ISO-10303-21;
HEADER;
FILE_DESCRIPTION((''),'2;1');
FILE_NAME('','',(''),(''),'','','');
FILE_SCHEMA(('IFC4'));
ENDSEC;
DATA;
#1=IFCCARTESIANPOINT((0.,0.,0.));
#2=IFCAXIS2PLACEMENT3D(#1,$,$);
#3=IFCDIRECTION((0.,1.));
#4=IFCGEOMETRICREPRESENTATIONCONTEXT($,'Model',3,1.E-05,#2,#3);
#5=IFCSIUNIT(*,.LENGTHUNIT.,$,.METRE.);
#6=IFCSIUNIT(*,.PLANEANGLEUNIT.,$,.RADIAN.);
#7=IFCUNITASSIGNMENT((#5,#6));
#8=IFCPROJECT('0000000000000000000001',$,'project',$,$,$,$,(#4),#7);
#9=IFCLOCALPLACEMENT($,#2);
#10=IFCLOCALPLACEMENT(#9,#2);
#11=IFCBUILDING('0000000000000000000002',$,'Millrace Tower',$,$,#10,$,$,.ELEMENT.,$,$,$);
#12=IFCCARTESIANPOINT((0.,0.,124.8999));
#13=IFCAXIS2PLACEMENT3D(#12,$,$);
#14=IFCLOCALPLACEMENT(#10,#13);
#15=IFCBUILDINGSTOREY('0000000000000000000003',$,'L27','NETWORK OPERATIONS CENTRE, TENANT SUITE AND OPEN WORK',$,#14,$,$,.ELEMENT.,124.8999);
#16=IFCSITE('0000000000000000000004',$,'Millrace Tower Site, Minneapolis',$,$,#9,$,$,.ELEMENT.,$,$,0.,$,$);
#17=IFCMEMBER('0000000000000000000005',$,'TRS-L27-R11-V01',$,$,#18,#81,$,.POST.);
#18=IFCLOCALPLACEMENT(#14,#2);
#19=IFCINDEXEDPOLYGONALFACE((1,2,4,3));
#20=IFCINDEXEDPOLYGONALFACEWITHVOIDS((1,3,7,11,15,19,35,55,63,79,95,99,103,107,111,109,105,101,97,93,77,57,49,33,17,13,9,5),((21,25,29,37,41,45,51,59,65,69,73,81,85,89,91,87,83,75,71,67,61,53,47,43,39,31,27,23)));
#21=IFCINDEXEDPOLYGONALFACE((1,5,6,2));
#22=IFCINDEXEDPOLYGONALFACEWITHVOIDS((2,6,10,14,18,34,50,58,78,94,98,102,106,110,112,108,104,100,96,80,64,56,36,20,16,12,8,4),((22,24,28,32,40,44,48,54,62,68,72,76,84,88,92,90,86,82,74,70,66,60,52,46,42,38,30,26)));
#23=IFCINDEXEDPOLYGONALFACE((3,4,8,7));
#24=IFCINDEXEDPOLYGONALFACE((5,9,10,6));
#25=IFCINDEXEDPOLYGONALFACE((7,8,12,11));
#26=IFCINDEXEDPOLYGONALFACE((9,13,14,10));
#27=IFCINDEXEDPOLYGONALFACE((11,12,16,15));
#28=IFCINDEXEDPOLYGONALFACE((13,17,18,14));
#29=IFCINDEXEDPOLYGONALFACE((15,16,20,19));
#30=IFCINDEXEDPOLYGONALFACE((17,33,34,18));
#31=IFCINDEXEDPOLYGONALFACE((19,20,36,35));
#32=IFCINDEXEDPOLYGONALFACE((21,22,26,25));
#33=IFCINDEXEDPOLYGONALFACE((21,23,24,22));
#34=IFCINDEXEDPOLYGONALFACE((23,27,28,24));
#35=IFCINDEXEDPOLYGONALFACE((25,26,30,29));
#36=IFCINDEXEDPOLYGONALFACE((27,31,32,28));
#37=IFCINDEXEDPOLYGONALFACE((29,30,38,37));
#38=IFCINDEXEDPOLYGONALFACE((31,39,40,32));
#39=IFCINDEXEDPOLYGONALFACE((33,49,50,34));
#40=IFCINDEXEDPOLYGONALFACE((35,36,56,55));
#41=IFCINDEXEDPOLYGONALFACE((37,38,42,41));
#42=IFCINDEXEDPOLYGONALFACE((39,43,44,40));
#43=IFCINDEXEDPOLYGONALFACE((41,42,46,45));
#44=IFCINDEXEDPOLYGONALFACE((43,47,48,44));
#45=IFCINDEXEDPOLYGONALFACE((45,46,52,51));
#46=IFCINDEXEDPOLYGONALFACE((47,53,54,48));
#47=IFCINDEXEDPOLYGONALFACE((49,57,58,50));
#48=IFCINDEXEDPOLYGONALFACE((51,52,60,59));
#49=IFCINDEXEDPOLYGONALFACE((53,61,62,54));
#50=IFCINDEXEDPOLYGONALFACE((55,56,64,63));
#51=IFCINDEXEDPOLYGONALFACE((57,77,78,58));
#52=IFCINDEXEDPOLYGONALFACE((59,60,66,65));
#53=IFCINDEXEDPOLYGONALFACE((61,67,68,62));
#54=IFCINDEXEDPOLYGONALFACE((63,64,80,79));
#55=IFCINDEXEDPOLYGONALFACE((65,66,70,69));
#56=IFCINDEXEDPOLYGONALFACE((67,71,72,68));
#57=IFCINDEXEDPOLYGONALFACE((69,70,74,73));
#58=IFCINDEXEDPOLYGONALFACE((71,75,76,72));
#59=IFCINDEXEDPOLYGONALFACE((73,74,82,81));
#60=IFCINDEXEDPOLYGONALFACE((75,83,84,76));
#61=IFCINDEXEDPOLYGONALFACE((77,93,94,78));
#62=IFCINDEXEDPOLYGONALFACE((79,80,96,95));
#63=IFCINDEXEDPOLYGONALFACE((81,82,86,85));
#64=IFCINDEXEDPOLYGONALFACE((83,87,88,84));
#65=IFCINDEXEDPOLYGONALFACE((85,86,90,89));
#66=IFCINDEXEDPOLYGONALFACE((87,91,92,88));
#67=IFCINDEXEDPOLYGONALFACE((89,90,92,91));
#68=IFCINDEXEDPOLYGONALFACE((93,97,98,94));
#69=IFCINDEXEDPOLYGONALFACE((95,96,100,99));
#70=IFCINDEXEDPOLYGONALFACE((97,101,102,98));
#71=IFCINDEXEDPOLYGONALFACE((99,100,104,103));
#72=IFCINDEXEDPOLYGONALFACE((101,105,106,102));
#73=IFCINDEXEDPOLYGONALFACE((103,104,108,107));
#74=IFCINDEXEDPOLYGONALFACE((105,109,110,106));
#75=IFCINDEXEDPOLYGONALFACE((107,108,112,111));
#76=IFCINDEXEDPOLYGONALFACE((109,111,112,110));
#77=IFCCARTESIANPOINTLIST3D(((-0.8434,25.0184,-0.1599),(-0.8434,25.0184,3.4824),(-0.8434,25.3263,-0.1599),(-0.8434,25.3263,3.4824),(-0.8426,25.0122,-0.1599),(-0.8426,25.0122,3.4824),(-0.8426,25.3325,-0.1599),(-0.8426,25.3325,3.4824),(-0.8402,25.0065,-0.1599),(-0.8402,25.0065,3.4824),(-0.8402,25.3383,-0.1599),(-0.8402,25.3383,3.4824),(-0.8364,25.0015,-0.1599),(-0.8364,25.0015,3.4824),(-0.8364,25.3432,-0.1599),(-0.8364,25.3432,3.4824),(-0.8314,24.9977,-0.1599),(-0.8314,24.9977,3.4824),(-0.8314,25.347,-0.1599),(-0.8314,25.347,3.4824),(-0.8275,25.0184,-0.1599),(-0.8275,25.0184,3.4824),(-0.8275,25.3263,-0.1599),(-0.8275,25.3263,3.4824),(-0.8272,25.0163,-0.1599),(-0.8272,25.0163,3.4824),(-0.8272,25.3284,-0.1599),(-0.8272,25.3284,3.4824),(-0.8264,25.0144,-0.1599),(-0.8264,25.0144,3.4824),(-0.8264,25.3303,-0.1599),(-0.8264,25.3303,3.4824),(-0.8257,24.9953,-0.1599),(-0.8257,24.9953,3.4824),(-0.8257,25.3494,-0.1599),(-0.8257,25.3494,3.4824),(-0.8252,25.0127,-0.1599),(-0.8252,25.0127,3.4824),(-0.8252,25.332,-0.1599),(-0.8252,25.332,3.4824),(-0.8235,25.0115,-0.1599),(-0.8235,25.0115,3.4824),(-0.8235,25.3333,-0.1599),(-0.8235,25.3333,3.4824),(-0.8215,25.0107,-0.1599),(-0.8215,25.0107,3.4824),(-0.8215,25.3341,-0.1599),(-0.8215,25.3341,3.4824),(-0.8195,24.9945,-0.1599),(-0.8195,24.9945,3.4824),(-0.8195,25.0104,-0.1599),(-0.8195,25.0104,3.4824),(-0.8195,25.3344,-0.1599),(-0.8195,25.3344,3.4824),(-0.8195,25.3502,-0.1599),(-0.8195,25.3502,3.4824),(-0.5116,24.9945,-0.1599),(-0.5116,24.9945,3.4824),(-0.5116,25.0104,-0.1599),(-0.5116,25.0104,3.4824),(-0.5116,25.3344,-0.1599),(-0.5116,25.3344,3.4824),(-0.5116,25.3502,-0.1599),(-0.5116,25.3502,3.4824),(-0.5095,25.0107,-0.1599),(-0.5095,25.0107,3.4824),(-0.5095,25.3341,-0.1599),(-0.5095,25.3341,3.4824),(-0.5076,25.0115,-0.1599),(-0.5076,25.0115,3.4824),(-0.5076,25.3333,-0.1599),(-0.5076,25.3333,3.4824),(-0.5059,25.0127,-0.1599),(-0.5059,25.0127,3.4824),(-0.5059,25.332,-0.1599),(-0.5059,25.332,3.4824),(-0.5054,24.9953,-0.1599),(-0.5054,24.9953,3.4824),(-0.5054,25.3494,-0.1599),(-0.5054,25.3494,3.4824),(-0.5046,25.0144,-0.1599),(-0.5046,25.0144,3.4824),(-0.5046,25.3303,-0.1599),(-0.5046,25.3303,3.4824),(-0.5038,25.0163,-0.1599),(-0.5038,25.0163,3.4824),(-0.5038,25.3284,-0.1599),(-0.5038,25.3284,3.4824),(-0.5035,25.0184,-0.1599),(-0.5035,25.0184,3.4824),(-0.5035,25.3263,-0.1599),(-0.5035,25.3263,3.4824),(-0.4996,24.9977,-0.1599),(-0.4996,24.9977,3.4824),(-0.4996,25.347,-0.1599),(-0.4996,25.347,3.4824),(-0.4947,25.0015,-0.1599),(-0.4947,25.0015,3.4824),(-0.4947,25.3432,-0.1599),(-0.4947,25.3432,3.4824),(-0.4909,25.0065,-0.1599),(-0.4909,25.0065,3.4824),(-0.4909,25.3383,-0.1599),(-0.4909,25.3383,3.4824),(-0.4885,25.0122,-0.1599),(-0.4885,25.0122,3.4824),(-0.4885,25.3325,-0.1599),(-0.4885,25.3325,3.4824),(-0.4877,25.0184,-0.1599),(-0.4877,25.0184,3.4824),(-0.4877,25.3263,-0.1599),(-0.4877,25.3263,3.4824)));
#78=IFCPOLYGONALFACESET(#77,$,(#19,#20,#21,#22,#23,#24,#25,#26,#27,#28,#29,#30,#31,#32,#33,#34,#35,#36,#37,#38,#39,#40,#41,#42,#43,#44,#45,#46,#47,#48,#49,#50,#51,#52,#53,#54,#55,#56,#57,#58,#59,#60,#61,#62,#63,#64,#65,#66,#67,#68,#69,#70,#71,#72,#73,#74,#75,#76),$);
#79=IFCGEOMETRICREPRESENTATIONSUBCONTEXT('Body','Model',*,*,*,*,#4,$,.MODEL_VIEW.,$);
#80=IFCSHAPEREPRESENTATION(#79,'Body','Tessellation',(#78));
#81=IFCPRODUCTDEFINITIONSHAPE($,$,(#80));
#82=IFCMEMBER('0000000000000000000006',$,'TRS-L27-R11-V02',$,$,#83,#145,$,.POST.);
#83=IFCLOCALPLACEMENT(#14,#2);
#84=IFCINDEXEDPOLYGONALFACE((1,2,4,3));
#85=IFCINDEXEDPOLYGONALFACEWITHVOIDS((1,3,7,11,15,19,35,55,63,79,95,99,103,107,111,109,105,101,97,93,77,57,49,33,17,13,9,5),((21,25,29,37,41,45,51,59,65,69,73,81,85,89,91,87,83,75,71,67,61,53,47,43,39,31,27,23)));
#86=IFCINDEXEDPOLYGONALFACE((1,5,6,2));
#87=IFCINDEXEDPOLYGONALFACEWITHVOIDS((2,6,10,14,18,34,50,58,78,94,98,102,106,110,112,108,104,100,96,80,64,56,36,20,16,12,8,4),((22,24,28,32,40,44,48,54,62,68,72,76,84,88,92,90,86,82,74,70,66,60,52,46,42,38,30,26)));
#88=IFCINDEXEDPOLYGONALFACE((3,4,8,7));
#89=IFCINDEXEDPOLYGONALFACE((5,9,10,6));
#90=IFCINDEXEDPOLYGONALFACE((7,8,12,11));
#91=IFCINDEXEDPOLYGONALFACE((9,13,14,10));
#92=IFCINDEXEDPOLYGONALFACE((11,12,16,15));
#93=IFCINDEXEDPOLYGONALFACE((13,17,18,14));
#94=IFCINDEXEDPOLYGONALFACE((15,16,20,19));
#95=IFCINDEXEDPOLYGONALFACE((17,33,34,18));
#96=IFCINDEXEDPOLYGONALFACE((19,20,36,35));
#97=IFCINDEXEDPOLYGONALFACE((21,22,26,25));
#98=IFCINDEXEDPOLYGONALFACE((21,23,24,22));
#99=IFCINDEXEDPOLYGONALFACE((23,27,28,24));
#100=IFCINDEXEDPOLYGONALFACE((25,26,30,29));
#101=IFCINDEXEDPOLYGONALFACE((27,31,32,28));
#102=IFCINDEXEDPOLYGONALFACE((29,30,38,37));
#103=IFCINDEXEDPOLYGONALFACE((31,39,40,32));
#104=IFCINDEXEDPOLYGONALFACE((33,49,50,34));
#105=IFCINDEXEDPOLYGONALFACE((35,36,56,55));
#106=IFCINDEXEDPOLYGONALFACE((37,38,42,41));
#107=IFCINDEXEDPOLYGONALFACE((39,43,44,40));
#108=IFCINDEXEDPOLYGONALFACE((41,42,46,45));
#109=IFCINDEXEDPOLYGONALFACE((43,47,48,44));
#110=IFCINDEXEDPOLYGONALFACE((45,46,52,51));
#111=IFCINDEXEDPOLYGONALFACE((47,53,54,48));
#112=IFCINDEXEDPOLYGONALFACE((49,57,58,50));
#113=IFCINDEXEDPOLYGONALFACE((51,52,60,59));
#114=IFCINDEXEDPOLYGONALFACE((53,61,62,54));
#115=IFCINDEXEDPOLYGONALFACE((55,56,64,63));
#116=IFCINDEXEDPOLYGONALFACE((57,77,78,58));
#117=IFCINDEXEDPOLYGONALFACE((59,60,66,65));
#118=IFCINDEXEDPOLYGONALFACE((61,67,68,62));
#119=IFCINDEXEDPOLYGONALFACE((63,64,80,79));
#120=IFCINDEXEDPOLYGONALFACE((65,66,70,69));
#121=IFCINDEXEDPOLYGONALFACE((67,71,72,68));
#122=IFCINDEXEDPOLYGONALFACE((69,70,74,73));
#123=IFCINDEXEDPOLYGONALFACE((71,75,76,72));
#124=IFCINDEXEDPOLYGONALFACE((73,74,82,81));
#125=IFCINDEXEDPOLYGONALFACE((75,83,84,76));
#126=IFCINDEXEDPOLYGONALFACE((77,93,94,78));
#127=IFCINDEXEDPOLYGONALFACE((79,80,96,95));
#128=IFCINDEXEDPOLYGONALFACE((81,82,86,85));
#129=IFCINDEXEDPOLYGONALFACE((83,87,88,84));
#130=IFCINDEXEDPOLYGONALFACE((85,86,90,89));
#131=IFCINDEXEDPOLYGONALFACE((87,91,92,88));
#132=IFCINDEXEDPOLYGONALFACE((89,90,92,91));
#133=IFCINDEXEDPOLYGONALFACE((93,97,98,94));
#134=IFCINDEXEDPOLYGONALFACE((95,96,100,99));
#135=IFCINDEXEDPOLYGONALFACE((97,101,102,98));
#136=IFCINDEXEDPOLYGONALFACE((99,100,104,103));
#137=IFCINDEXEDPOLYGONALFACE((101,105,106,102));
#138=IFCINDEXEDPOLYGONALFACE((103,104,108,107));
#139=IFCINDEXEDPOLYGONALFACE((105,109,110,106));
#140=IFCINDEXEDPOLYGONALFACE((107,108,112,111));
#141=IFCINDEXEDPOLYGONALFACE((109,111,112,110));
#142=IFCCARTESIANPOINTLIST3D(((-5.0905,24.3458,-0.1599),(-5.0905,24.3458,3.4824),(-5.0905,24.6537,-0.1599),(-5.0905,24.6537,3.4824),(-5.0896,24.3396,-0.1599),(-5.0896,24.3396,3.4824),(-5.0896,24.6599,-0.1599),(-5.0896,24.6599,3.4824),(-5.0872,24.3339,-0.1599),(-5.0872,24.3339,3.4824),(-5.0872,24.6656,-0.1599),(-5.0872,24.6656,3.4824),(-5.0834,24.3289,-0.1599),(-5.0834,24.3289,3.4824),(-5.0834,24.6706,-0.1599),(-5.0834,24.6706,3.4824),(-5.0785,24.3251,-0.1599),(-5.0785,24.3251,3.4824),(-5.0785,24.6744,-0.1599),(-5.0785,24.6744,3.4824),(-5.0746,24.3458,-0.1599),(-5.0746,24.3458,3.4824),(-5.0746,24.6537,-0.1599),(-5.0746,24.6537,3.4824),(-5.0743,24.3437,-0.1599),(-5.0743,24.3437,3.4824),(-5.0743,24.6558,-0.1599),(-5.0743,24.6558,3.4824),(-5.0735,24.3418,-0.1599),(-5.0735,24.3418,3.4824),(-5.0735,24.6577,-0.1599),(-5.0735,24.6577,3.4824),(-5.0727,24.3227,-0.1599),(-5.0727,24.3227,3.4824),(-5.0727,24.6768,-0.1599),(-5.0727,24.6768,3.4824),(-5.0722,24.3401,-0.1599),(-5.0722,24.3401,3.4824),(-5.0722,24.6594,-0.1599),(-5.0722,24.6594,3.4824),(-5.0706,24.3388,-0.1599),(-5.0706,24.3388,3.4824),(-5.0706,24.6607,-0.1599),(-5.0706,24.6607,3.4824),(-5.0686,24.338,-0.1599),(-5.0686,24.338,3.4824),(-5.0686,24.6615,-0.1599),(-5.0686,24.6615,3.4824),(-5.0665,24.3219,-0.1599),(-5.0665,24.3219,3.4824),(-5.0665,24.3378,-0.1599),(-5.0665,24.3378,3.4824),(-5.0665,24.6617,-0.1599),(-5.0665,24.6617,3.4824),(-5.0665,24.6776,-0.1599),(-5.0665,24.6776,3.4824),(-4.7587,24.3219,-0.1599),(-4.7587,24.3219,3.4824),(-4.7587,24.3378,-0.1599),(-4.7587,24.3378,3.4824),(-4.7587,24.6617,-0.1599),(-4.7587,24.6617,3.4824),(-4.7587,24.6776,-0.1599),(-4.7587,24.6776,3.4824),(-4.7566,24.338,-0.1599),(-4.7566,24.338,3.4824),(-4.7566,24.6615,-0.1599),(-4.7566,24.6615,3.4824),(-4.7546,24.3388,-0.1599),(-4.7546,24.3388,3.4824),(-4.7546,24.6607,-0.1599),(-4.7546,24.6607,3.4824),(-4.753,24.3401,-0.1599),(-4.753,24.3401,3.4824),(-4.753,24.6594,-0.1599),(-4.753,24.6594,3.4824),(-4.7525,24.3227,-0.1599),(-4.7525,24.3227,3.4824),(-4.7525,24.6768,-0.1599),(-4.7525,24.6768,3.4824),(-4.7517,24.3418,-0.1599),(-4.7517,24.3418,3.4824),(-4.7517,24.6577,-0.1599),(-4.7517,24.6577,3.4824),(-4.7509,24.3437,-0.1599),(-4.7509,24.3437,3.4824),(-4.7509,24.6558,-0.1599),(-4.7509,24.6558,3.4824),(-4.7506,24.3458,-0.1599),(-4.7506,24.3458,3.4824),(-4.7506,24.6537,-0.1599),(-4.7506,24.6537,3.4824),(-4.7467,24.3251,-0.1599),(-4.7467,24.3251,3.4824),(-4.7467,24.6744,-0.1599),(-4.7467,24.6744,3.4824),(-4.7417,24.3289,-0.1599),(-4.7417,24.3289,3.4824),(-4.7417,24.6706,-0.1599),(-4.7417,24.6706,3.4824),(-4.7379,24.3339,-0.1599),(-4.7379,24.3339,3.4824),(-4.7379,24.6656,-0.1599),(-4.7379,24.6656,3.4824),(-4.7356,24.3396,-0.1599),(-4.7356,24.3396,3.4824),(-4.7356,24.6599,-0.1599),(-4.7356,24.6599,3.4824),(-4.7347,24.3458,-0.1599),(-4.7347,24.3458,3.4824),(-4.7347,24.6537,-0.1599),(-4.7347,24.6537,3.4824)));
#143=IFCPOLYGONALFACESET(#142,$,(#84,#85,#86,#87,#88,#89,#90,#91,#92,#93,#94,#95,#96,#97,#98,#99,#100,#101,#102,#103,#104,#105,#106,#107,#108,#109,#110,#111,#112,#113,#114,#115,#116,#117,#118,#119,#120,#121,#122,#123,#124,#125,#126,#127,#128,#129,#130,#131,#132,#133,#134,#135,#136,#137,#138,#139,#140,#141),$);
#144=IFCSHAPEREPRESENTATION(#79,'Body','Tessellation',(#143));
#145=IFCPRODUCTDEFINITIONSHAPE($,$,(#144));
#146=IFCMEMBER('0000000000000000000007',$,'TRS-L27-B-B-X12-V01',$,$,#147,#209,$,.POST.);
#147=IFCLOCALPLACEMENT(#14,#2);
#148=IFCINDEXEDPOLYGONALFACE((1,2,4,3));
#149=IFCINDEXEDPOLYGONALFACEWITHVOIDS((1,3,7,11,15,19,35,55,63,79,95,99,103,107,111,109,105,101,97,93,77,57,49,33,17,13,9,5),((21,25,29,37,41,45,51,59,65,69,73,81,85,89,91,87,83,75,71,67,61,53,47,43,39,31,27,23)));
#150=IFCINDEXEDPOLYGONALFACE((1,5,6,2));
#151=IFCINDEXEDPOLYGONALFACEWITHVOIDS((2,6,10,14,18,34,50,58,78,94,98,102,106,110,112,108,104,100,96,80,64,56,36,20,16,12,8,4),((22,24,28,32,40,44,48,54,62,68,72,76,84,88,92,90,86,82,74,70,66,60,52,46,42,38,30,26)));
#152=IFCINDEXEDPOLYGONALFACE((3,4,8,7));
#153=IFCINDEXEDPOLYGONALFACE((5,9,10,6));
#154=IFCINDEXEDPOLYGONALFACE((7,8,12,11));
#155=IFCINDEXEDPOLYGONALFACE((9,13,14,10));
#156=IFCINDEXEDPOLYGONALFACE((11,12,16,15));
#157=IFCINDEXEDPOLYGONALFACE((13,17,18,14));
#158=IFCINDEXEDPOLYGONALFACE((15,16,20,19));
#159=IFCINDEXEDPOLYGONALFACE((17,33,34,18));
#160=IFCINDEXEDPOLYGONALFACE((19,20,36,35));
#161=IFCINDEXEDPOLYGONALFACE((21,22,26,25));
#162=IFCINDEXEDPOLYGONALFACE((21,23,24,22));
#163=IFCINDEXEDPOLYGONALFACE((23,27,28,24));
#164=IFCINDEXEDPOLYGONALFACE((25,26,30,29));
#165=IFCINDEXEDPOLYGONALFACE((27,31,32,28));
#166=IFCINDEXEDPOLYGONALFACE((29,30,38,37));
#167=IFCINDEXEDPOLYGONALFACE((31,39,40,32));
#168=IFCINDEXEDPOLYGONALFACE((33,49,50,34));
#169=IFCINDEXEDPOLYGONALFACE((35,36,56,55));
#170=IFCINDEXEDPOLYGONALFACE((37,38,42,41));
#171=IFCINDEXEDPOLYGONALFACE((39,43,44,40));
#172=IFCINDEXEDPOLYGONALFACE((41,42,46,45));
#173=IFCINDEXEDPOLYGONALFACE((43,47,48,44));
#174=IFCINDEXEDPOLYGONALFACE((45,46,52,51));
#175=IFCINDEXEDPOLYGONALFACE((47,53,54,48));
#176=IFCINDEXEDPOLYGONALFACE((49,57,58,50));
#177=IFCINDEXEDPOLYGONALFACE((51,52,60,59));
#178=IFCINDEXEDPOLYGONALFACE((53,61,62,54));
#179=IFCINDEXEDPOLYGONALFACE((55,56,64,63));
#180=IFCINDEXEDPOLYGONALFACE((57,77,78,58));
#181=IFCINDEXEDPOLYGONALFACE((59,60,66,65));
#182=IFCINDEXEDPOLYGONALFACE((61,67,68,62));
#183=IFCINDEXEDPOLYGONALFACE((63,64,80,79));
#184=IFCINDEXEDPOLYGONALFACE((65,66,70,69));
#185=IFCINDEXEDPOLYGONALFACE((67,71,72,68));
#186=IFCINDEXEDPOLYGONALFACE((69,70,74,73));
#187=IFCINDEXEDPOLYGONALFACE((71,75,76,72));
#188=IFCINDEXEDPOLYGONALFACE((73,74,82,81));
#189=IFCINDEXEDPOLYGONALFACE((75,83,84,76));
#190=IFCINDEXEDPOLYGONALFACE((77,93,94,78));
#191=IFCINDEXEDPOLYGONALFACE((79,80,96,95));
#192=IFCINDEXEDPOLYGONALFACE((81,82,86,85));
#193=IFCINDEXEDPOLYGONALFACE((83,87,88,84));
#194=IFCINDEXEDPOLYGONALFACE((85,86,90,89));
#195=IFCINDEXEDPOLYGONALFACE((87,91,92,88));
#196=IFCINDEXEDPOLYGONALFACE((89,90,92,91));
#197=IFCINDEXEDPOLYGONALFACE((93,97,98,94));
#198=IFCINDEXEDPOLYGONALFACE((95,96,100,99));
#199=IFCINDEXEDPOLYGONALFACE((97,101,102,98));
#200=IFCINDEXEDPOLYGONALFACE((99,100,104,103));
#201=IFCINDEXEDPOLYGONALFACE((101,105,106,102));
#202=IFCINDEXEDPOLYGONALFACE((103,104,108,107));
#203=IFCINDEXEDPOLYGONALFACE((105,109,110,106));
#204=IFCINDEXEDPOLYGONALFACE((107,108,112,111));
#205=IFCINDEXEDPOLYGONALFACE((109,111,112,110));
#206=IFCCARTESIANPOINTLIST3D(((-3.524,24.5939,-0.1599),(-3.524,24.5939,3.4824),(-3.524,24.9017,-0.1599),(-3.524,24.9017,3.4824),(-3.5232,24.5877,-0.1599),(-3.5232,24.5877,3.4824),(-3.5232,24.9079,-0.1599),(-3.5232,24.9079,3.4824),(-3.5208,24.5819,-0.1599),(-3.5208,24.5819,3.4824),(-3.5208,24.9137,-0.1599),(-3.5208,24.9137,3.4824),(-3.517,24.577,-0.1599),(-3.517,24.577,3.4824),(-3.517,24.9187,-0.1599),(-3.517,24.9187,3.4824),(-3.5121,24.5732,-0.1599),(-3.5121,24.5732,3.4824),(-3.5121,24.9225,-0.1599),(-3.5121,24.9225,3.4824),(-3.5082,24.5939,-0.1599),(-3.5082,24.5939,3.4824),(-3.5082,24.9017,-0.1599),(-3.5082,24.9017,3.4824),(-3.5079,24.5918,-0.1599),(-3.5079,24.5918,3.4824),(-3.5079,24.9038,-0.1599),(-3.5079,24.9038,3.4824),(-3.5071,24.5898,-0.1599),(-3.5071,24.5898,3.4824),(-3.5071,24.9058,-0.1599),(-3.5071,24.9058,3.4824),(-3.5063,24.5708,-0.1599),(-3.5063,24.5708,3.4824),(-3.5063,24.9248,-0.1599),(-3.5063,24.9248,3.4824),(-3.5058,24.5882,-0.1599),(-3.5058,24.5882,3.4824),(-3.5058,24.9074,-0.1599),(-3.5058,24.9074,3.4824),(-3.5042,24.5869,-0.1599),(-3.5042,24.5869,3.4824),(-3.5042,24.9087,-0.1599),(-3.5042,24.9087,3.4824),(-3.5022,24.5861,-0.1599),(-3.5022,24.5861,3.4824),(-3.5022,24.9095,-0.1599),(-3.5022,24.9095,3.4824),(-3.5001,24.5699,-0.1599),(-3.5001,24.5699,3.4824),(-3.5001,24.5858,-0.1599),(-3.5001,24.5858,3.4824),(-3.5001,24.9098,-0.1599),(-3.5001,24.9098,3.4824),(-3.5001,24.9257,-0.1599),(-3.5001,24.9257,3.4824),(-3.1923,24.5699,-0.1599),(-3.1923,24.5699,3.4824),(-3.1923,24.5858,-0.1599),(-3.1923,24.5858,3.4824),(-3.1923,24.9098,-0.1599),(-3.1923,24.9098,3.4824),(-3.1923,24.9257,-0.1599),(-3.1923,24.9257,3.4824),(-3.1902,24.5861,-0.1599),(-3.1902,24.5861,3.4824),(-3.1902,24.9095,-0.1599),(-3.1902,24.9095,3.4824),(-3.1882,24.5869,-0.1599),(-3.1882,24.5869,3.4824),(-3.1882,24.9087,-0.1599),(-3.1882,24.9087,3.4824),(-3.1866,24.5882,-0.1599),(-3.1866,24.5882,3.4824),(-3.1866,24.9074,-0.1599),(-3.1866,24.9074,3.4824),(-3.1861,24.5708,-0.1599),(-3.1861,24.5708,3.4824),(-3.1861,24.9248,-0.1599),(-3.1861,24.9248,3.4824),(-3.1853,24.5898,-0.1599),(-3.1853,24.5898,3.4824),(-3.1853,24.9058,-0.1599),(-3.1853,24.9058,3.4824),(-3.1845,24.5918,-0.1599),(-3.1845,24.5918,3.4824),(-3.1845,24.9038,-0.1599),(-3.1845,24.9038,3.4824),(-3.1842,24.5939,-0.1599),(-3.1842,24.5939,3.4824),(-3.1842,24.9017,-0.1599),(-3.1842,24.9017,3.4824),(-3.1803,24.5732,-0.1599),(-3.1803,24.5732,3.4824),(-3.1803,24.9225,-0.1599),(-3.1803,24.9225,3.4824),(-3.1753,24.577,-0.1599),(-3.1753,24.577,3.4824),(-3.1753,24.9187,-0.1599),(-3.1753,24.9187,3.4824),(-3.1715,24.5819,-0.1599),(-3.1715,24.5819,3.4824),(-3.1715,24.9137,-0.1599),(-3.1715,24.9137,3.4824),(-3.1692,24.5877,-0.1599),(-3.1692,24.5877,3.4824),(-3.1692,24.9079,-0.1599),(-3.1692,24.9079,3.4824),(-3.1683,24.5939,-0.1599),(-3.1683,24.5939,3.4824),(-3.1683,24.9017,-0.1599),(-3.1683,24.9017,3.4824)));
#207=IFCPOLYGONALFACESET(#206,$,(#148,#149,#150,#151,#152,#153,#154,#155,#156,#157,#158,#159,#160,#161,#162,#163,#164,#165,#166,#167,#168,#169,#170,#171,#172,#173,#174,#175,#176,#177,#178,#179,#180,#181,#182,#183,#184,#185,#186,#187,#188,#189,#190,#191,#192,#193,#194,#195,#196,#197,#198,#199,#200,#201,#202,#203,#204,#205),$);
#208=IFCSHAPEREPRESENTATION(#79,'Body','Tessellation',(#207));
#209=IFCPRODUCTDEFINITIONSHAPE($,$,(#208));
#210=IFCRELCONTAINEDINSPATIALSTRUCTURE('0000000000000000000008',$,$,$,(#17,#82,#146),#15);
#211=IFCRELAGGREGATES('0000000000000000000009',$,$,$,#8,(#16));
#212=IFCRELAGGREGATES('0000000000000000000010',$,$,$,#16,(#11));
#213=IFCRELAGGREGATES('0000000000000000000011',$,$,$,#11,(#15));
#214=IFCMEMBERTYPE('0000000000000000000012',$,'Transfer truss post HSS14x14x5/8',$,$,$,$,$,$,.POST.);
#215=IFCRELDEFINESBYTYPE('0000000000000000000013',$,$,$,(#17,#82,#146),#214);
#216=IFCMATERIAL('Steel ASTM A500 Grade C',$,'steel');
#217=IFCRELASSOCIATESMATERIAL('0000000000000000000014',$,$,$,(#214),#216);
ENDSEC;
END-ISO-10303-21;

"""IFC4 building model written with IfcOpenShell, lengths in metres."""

from ifc_helpers import new_model, si_unit, direction, frame, origin, origin_2d, place, context, subcontext, project, spatial, hollow_rectangle, extrude, material, material_profile, profile_set, type_object, element, save


model = new_model("IFC4")

# Units and contexts
model_context = context("Model", 3, precision=1e-05, world=origin(), true_north=direction((0.0, 1.0)))
body_context = subcontext(model_context, "Body", "Model", "MODEL_VIEW")
ifc_project = project(units=[si_unit("LENGTHUNIT", "METRE"), si_unit("PLANEANGLEUNIT", "RADIAN")], contexts=[model_context])

# Site, building, storey
site_placement = place(None, origin())
site = spatial("IfcSite", under=ifc_project, at=site_placement, Name="Millrace Tower Site, Minneapolis", CompositionType="ELEMENT", RefElevation=0.0)
building_placement = place(site_placement, origin())
building = spatial("IfcBuilding", under=site, at=building_placement, Name="Millrace Tower", CompositionType="ELEMENT")
storey_placement = place(building_placement, frame((0.0, 0.0, 124.8999)))
storey = spatial("IfcBuildingStorey", under=building, at=storey_placement, Name="L27", Description="NETWORK OPERATIONS CENTRE, TENANT SUITE AND OPEN WORK", CompositionType="ELEMENT", Elevation=124.8999)

# Members
ifc_material_1 = material(Name="Steel ASTM A500 Grade C", Category="steel")
ifc_material_profile_1 = material_profile(ifc_material_1, hollow_rectangle(XDim=0.3557, YDim=0.3557, WallThickness=0.0159, InnerFilletRadius=0.0081, OuterFilletRadius=0.0239, at=origin_2d()))
ifc_profile_set_1 = profile_set([ifc_material_profile_1], Name="Steel ASTM A500 Grade C")
member_type_1 = type_object("IfcMemberType", Name="Transfer truss post HSS14x14x5/8", PredefinedType="POST", material=ifc_profile_set_1)
for number, where, z_axis, x_axis, name in (
    (1, (-0.6655, 25.1724, -0.1599), (0.0, 0.0, 1.0), (1.0, 0.0, 0.0), "TRS-L27-R11-V01"),
    (2, (-4.9126, 24.4998, -0.1599), (0.0, 0.0, 1.0), (1.0, 0.0, 0.0), "TRS-L27-R11-V02"),
    (3, (-3.3462, 24.7478, -0.1599), (0.0, 0.0, 1.0), (1.0, 0.0, 0.0), "TRS-L27-B-B-X12-V01"),
):
    element("IfcMember", number, at=place(storey_placement, frame(where, z_axis=z_axis, x_axis=x_axis)), inside=storey, type_object=member_type_1, Name=name, PredefinedType="POST", context=body_context, shape_type="SweptSolid", body=[
        extrude(hollow_rectangle(XDim=0.3557, YDim=0.3557, WallThickness=0.0159, InnerFilletRadius=0.0081, OuterFilletRadius=0.0239, at=origin_2d()), origin(), (0.0, 0.0, 1.0), 3.6423),
    ])

save(model, "model.ifc")
